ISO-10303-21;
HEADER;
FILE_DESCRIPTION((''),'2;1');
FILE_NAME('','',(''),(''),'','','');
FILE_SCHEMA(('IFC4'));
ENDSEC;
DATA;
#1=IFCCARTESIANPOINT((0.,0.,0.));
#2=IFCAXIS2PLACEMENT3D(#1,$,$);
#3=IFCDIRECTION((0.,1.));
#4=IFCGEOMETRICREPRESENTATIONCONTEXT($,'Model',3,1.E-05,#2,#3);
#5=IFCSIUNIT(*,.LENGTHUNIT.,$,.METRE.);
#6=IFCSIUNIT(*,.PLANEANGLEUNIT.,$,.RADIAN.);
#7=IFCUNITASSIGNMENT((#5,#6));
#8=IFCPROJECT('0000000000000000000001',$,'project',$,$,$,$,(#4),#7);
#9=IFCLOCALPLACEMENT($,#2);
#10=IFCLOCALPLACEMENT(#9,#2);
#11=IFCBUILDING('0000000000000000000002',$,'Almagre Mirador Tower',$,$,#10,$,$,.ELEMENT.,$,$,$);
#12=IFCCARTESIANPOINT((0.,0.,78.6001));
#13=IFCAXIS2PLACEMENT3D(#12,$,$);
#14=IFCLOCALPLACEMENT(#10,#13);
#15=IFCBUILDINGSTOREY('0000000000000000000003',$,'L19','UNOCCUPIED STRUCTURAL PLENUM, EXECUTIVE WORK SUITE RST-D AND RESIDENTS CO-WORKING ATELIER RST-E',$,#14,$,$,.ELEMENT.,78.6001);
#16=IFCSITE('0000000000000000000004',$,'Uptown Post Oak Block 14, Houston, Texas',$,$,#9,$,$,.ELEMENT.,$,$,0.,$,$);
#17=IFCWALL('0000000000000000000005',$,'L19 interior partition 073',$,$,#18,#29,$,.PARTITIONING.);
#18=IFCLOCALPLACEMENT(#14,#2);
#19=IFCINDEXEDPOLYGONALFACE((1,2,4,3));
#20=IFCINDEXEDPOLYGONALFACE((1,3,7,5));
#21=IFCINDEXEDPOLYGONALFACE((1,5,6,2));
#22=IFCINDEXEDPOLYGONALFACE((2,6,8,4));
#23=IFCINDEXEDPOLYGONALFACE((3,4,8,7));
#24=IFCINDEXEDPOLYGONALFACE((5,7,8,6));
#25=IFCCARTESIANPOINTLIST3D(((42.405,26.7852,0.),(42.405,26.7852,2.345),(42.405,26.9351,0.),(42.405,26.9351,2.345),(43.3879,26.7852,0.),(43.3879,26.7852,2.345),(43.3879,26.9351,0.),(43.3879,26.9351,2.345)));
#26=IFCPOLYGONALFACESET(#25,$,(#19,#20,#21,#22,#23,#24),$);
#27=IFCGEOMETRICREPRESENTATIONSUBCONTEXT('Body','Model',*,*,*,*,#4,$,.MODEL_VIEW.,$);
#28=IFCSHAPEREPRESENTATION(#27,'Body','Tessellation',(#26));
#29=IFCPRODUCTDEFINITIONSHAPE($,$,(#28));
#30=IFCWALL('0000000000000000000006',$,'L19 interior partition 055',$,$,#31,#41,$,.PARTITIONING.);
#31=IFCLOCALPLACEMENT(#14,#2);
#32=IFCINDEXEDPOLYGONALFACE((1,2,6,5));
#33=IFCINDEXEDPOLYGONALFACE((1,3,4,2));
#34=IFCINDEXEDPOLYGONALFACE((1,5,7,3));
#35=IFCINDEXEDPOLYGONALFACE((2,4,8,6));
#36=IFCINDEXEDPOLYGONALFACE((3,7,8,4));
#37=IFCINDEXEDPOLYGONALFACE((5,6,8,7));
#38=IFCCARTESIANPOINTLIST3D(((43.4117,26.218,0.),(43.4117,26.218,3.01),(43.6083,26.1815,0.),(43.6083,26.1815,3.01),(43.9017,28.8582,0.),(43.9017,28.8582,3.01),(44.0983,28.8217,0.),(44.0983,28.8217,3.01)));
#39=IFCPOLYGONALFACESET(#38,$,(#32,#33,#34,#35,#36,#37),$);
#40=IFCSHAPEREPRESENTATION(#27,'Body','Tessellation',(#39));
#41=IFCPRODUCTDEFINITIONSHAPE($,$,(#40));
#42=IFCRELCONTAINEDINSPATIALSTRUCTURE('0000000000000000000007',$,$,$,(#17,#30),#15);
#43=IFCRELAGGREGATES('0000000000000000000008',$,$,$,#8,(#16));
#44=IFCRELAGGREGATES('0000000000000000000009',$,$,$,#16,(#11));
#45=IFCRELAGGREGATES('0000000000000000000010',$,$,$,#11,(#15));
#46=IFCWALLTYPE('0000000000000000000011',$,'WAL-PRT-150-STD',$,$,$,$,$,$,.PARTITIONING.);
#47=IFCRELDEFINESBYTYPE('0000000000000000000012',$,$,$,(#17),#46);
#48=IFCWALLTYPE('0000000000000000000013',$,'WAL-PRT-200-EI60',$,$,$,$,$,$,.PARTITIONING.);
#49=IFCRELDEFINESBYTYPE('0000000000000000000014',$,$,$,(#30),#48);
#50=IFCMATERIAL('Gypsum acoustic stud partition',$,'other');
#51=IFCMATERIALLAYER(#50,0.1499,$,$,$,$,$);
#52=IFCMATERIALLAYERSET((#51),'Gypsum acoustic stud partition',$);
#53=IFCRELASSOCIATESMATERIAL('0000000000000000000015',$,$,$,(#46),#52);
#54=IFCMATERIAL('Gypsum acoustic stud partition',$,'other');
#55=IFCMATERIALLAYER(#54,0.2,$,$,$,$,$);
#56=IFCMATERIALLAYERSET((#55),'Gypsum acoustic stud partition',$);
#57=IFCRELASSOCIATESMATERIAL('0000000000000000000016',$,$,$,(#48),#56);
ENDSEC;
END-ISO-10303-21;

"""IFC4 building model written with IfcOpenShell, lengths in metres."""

from ifc_helpers import new_model, si_unit, direction, frame, frame_2d, origin, place, context, subcontext, project, spatial, rectangle, extrude, material, layer, layer_set, type_object, element, save


model = new_model("IFC4")

# Units and contexts
model_context = context("Model", 3, precision=1e-05, world=origin(), true_north=direction((0.0, 1.0)))
body_context = subcontext(model_context, "Body", "Model", "MODEL_VIEW")
ifc_project = project(units=[si_unit("LENGTHUNIT", "METRE"), si_unit("PLANEANGLEUNIT", "RADIAN")], contexts=[model_context])

# Site, building, storey
site_placement = place(None, origin())
site = spatial("IfcSite", under=ifc_project, at=site_placement, Name="Uptown Post Oak Block 14, Houston, Texas", CompositionType="ELEMENT", RefElevation=0.0)
building_placement = place(site_placement, origin())
building = spatial("IfcBuilding", under=site, at=building_placement, Name="Almagre Mirador Tower", CompositionType="ELEMENT")
storey_placement = place(building_placement, frame((0.0, 0.0, 78.6001)))
storey = spatial("IfcBuildingStorey", under=building, at=storey_placement, Name="L19", Description="UNOCCUPIED STRUCTURAL PLENUM, EXECUTIVE WORK SUITE RST-D AND RESIDENTS CO-WORKING ATELIER RST-E", CompositionType="ELEMENT", Elevation=78.6001)

# Shared definitions
ifc_material_1 = material(Name="Gypsum acoustic stud partition", Category="other")
ifc_layer_1 = layer(ifc_material_1, 0.1499)
ifc_layer_set_1 = layer_set([ifc_layer_1], Name="Gypsum acoustic stud partition")
wall_type_1 = type_object("IfcWallType", Name="WAL-PRT-150-STD", PredefinedType="PARTITIONING", material=ifc_layer_set_1)

# Walls
wall_1_placement = place(storey_placement, frame((42.405, 26.8601, 0.0), z_axis=(0.0, 0.0, 1.0), x_axis=(1.0, 0.0, 0.0)))
element("IfcWall", 1, at=wall_1_placement, inside=storey, type_object=wall_type_1, Name="L19 interior partition 073", PredefinedType="PARTITIONING", context=body_context, shape_type="SweptSolid", body=[
    extrude(rectangle(XDim=0.9829, YDim=0.1499, at=frame_2d((0.4915, 0.0))), origin(), (0.0, 0.0, 1.0), 2.345),
])
ifc_material_2 = material(Name="Gypsum acoustic stud partition", Category="other")
ifc_layer_2 = layer(ifc_material_2, 0.2)
ifc_layer_set_2 = layer_set([ifc_layer_2], Name="Gypsum acoustic stud partition")
wall_type_2 = type_object("IfcWallType", Name="WAL-PRT-200-EI60", PredefinedType="PARTITIONING", material=ifc_layer_set_2)
wall_2_placement = place(storey_placement, frame((44.0, 28.8401, 0.0), z_axis=(0.0, 0.0, 1.0), x_axis=(-0.182477, -0.98321, 0.0)))
element("IfcWall", 2, at=wall_2_placement, inside=storey, type_object=wall_type_2, Name="L19 interior partition 055", PredefinedType="PARTITIONING", context=body_context, shape_type="SweptSolid", body=[
    extrude(rectangle(XDim=2.6853, YDim=0.2, at=frame_2d((1.3428, 0.0))), origin(), (0.0, 0.0, 1.0), 3.01),
])

save(model, "model.ifc")
